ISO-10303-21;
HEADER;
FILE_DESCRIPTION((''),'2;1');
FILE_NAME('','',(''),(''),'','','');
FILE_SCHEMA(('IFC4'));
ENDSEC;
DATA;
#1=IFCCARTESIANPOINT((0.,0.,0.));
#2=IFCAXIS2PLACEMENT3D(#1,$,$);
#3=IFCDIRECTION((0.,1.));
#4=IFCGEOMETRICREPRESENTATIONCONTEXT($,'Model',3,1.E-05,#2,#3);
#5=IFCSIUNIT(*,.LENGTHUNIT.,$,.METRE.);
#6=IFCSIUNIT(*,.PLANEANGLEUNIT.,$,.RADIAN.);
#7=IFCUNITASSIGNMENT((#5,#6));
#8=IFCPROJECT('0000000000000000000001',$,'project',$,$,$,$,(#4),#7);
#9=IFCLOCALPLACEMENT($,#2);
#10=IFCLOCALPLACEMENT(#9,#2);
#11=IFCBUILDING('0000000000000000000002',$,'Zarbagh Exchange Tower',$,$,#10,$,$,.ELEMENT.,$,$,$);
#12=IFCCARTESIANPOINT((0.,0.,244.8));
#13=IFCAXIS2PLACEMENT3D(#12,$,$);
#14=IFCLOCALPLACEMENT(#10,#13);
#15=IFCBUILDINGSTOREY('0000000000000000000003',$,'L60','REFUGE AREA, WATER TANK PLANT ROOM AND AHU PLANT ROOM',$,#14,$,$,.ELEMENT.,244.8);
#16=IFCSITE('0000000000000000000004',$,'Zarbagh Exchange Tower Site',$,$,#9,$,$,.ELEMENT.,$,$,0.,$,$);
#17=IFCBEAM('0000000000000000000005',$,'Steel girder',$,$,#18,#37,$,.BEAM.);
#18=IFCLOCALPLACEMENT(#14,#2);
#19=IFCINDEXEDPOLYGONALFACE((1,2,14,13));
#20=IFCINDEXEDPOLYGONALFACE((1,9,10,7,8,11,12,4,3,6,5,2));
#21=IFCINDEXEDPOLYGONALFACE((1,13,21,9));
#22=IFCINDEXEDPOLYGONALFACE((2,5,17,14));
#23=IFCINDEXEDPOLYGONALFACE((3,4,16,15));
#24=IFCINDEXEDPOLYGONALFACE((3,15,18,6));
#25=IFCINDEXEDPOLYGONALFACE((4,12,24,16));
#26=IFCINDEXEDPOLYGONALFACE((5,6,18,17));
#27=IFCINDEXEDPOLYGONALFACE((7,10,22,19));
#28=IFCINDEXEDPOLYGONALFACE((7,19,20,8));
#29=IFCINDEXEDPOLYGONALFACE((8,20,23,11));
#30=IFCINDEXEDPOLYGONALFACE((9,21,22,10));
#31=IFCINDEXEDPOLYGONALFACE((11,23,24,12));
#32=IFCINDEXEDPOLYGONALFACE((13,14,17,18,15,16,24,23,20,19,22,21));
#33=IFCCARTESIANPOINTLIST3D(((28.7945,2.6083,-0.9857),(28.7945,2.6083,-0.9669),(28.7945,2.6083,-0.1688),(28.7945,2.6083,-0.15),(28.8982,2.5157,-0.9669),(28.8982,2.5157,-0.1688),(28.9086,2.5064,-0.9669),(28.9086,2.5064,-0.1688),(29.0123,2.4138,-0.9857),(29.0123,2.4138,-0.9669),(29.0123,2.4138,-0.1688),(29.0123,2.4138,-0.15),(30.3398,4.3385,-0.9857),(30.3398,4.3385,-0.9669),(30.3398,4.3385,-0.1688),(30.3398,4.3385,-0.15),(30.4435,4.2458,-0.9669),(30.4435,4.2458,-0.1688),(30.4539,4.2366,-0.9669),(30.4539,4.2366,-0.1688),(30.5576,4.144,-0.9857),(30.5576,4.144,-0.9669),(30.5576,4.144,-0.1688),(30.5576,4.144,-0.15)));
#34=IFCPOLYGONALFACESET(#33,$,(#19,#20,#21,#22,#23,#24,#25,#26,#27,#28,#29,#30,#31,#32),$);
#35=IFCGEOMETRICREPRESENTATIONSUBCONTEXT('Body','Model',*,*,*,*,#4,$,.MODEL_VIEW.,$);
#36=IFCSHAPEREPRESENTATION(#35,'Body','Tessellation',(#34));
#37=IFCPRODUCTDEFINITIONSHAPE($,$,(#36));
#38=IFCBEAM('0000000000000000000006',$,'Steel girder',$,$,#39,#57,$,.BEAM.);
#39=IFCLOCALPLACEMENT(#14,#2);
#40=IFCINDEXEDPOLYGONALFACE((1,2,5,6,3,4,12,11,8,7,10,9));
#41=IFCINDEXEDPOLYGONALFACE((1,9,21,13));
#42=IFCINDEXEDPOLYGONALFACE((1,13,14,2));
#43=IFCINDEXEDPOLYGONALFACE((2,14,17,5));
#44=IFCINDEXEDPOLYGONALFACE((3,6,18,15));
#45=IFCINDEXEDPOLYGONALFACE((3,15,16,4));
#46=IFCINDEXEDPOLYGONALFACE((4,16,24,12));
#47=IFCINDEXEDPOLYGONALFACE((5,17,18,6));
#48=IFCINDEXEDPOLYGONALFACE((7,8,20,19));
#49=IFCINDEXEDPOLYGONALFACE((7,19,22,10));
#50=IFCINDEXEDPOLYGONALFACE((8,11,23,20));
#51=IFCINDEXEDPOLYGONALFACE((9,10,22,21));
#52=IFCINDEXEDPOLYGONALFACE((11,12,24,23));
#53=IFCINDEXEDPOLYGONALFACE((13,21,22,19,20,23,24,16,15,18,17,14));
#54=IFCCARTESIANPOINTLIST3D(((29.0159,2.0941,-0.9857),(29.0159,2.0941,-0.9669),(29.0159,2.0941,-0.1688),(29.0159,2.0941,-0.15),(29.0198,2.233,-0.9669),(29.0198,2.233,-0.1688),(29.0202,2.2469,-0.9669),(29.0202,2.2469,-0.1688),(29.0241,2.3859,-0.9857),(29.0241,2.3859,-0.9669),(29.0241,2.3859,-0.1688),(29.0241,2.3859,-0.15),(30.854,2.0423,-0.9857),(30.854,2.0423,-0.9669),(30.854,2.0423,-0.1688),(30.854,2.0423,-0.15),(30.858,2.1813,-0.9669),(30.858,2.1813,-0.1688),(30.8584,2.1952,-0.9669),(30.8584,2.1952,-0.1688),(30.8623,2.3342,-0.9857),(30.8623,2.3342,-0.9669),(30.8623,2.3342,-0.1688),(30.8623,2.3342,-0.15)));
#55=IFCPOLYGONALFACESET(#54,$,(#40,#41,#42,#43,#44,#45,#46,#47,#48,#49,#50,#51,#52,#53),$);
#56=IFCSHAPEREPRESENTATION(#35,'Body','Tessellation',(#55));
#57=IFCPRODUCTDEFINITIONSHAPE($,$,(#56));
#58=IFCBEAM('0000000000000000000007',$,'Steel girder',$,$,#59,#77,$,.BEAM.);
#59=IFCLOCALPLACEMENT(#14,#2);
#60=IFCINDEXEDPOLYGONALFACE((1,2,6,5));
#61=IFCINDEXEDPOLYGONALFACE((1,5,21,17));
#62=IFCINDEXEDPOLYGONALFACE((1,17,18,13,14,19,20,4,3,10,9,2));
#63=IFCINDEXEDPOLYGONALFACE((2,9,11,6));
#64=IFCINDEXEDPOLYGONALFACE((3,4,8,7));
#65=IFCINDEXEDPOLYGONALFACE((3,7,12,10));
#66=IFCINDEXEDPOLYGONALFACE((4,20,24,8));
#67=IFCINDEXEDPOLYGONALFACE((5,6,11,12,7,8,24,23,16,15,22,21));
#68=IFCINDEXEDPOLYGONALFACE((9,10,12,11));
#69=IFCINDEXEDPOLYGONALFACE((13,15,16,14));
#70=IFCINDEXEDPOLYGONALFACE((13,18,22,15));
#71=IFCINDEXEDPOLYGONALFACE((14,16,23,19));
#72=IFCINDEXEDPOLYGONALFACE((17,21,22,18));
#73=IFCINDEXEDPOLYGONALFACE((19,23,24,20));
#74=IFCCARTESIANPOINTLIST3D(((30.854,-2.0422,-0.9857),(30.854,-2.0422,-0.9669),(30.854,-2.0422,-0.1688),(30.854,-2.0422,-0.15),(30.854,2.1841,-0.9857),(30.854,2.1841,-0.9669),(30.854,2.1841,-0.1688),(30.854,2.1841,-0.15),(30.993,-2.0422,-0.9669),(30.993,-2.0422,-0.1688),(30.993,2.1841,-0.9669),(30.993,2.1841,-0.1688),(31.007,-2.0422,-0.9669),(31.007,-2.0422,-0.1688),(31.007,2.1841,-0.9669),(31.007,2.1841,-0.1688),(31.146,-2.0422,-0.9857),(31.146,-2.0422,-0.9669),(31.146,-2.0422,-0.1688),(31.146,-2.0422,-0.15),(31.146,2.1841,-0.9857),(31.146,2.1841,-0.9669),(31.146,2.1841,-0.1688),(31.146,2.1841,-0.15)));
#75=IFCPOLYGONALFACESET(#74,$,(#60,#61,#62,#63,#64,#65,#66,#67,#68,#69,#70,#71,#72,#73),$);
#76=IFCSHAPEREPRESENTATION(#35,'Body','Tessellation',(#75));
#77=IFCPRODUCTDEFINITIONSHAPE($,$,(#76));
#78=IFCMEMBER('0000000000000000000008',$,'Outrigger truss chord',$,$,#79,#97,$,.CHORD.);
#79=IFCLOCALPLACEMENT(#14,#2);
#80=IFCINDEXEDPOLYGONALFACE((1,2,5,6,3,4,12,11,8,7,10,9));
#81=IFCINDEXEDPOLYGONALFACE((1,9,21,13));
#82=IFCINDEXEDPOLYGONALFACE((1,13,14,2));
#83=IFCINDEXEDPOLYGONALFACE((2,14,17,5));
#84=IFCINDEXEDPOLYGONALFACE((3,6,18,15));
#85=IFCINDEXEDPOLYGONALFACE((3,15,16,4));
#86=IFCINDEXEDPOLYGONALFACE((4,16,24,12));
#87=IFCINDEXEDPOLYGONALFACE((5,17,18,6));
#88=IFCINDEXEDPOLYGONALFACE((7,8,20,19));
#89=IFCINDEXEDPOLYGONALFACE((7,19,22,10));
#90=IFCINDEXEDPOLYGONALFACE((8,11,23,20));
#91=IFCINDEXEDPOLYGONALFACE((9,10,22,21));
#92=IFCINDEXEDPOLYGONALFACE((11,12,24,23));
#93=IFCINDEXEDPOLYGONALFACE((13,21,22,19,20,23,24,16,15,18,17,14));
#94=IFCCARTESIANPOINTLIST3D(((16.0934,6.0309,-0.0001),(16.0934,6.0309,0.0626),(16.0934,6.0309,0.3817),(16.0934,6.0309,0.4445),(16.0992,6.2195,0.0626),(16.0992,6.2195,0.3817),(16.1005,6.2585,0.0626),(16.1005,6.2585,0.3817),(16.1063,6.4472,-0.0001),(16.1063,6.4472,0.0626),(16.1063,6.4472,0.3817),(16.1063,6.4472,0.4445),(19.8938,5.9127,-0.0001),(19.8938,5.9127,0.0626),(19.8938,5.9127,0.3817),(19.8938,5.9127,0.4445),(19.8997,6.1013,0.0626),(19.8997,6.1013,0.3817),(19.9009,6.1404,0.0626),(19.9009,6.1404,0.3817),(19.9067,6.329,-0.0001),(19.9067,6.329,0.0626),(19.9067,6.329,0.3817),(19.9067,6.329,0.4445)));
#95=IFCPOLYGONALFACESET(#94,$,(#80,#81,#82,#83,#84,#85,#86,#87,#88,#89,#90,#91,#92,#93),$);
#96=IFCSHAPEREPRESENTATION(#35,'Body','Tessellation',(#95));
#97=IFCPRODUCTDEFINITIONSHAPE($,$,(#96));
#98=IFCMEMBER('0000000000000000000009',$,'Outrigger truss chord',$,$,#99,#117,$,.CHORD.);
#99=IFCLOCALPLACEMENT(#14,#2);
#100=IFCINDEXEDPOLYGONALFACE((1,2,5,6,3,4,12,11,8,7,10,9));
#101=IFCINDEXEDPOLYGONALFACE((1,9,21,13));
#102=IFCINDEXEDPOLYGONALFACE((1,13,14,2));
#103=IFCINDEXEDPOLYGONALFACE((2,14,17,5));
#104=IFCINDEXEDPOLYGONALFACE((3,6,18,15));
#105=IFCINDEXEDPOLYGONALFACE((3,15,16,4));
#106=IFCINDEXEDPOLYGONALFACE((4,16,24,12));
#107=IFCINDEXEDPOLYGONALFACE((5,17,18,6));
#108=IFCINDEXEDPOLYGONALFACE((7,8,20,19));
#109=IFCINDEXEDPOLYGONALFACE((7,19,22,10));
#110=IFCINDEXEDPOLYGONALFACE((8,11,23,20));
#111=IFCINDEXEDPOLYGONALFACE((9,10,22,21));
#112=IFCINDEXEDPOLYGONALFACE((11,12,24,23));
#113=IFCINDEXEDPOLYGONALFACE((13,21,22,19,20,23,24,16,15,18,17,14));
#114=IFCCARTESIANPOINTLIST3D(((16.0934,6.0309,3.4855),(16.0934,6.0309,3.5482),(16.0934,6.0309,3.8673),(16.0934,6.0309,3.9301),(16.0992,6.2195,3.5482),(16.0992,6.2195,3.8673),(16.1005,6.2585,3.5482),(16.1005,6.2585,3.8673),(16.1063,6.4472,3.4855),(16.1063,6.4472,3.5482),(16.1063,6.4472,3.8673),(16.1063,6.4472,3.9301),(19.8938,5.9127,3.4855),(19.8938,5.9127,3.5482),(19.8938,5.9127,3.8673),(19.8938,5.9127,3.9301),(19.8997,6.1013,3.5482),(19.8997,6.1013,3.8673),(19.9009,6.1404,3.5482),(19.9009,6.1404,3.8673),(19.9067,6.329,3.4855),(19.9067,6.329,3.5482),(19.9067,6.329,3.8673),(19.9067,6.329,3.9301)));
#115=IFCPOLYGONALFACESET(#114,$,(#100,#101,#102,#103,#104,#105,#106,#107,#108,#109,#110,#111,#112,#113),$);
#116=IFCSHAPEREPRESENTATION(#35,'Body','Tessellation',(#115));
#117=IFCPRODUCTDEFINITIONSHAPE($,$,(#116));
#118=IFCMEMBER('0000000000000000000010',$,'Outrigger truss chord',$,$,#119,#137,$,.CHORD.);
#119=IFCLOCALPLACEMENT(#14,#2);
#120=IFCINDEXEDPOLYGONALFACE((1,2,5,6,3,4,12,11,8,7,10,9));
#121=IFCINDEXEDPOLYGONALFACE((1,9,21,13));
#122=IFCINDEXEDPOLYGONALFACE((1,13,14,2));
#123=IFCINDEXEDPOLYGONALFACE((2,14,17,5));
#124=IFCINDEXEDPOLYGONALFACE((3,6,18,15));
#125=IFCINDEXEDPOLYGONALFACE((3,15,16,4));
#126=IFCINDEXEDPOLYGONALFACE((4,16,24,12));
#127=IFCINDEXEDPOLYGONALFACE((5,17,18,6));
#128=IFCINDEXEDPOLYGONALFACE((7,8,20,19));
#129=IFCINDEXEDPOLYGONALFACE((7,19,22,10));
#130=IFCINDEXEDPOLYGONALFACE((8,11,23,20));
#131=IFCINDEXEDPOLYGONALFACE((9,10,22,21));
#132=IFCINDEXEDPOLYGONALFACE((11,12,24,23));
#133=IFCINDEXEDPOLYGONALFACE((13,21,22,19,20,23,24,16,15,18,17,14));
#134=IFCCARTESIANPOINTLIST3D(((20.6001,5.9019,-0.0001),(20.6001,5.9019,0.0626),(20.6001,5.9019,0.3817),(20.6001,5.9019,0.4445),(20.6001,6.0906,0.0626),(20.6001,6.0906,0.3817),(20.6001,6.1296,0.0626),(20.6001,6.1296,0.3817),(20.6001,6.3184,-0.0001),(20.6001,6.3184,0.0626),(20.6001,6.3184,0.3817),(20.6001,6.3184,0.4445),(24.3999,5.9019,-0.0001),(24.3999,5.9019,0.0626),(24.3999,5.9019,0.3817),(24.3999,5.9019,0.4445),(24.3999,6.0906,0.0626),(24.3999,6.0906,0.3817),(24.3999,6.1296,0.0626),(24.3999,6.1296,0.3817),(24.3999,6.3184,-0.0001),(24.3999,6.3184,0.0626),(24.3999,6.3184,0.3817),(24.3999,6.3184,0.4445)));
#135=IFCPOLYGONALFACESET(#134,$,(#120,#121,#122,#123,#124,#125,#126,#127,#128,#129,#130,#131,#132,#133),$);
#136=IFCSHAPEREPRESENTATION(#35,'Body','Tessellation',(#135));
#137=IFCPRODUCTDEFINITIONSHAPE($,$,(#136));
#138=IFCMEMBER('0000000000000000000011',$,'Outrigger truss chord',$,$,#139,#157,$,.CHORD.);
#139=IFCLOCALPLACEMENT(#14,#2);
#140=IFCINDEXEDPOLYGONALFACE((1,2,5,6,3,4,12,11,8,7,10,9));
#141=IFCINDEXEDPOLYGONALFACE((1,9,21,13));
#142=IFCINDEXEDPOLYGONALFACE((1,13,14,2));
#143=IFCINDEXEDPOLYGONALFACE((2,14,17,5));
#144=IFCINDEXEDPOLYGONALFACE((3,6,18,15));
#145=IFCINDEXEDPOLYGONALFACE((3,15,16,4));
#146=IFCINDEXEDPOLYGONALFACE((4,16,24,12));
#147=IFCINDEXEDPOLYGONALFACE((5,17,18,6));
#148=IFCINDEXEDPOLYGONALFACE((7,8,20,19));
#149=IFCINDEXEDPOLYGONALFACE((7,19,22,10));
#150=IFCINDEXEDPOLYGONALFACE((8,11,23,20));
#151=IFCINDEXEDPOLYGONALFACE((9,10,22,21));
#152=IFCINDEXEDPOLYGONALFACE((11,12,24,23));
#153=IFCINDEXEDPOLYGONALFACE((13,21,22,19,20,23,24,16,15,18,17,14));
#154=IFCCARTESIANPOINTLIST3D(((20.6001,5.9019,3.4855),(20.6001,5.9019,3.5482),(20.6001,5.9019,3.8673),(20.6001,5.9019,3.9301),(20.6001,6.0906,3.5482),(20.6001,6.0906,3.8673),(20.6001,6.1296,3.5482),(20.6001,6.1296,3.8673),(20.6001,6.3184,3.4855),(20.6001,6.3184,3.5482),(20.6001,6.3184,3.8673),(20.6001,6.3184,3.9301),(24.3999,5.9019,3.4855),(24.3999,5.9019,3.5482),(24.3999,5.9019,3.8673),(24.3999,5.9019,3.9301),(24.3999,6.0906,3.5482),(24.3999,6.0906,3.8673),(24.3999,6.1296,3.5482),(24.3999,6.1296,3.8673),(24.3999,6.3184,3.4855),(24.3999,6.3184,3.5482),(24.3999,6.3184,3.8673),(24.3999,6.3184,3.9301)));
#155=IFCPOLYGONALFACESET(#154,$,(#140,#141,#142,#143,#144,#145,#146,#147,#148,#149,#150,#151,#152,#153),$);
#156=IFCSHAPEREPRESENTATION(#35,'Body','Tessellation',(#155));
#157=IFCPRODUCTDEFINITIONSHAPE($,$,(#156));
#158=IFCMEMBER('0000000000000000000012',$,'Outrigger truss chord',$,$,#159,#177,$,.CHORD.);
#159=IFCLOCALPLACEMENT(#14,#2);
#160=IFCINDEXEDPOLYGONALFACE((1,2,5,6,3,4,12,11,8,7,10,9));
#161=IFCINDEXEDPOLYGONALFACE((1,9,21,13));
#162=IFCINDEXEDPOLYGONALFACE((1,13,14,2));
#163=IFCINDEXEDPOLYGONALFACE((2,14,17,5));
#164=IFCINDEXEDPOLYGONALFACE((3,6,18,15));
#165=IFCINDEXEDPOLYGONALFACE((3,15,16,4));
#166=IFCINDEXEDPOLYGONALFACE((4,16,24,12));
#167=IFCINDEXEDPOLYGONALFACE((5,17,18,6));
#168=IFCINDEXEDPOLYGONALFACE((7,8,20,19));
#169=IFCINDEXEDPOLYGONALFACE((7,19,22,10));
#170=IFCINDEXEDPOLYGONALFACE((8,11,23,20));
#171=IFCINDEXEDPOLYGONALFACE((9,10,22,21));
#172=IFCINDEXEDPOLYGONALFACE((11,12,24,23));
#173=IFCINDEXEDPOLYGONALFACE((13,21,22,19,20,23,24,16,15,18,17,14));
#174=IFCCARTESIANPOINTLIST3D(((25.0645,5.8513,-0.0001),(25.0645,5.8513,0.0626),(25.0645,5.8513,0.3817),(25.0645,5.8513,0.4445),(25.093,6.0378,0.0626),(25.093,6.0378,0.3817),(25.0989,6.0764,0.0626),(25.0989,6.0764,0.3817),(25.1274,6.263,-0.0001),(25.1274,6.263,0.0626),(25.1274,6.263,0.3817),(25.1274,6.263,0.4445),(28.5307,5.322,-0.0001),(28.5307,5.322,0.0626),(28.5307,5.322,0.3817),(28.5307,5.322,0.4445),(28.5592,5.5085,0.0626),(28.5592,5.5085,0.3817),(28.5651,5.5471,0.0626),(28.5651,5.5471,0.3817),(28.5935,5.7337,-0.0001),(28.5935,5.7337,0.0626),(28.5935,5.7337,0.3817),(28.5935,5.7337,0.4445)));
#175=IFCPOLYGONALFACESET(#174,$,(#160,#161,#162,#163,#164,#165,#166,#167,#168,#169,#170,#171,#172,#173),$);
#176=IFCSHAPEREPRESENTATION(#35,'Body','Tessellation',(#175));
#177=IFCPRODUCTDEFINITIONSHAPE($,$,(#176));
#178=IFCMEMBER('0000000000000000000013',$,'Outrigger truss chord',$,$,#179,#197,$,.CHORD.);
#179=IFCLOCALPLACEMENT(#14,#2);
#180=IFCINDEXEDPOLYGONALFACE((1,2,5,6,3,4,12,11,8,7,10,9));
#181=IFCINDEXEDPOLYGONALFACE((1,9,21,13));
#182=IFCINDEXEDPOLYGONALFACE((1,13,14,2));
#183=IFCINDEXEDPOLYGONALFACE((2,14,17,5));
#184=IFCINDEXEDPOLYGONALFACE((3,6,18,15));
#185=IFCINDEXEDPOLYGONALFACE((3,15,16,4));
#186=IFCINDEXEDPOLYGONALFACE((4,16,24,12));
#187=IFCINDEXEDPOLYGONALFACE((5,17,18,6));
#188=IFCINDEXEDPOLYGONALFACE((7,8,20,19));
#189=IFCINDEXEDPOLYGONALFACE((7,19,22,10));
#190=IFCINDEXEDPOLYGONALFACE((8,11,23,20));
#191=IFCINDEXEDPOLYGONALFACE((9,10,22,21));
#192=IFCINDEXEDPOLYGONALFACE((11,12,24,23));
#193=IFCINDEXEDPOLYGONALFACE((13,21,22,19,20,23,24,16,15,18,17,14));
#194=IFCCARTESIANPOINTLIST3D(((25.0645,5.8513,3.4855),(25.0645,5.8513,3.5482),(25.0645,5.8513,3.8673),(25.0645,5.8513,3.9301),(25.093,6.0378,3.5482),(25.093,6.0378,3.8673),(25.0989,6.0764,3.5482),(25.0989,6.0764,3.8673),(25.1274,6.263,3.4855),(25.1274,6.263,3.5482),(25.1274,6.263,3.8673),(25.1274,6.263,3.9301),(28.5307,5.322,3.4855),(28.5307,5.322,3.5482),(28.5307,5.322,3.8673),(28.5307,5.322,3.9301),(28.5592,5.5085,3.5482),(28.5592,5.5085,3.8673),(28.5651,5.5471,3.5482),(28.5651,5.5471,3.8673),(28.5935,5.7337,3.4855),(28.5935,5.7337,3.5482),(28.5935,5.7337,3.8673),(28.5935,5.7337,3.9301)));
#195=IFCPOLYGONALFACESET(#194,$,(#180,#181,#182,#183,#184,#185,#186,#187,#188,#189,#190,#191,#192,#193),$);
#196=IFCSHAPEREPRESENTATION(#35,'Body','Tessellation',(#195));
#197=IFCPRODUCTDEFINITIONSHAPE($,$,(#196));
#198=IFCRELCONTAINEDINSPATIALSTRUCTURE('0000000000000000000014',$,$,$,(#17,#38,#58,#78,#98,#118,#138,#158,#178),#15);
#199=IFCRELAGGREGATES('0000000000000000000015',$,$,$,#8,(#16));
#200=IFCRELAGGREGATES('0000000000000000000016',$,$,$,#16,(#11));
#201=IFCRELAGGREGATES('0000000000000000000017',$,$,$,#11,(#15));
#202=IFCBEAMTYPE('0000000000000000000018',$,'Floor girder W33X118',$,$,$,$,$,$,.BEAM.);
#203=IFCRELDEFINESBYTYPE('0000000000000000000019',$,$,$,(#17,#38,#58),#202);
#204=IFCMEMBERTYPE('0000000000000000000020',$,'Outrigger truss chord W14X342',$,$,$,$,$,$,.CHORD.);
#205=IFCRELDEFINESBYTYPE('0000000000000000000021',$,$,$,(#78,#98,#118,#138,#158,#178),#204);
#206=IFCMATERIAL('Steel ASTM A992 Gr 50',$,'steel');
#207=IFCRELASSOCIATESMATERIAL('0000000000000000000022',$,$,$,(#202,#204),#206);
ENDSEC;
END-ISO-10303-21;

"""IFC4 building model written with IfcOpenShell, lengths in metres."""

from ifc_helpers import new_model, si_unit, direction, frame, origin, origin_2d, place, context, subcontext, project, spatial, i_section, extrude, material, material_profile, profile_set, type_object, element, save


model = new_model("IFC4")

# Units and contexts
model_context = context("Model", 3, precision=1e-05, world=origin(), true_north=direction((0.0, 1.0)))
body_context = subcontext(model_context, "Body", "Model", "MODEL_VIEW")
ifc_project = project(units=[si_unit("LENGTHUNIT", "METRE"), si_unit("PLANEANGLEUNIT", "RADIAN")], contexts=[model_context])

# Site, building, storey
site_placement = place(None, origin())
site = spatial("IfcSite", under=ifc_project, at=site_placement, Name="Zarbagh Exchange Tower Site", CompositionType="ELEMENT", RefElevation=0.0)
building_placement = place(site_placement, origin())
building = spatial("IfcBuilding", under=site, at=building_placement, Name="Zarbagh Exchange Tower", CompositionType="ELEMENT")
storey_placement = place(building_placement, frame((0.0, 0.0, 244.8)))
storey = spatial("IfcBuildingStorey", under=building, at=storey_placement, Name="L60", Description="REFUGE AREA, WATER TANK PLANT ROOM AND AHU PLANT ROOM", CompositionType="ELEMENT", Elevation=244.8)

# Shared definitions
ifc_material_1 = material(Name="Steel ASTM A992 Gr 50", Category="steel")

# Beams
ifc_material_profile_1 = material_profile(ifc_material_1, i_section(OverallWidth=0.292, OverallDepth=0.8357, WebThickness=0.0139, FlangeThickness=0.0188, at=origin_2d()), Name="W33X118")
ifc_profile_set_1 = profile_set([ifc_material_profile_1], Name="Steel ASTM A992 Gr 50")
beam_type_1 = type_object("IfcBeamType", Name="Floor girder W33X118", PredefinedType="BEAM", material=ifc_profile_set_1)
beam_1_placement = place(storey_placement, frame((30.4487, 4.2412, -0.5679), z_axis=(-0.666152, -0.745816, 0.0), x_axis=(0.745816, -0.666152, 0.0)))
element("IfcBeam", 1, at=beam_1_placement, inside=storey, type_object=beam_type_1, Name="Steel girder", PredefinedType="BEAM", context=body_context, shape_type="SweptSolid", body=[
    extrude(i_section(OverallWidth=0.292, OverallDepth=0.8357, WebThickness=0.0139, FlangeThickness=0.0188, at=origin_2d()), origin(), (0.0, 0.0, 1.0), 2.3198),
])
beam_2_placement = place(storey_placement, frame((29.02, 2.24, -0.5679), z_axis=(0.999604, -0.028147, 0.0), x_axis=(0.028147, 0.999604, 0.0)))
element("IfcBeam", 2, at=beam_2_placement, inside=storey, type_object=beam_type_1, Name="Steel girder", PredefinedType="BEAM", context=body_context, shape_type="SweptSolid", body=[
    extrude(i_section(OverallWidth=0.292, OverallDepth=0.8357, WebThickness=0.0139, FlangeThickness=0.0188, at=origin_2d()), origin(), (0.0, 0.0, 1.0), 1.8389),
])
beam_3_placement = place(storey_placement, frame((31.0, 2.1841, -0.5679), z_axis=(0.0, -1.0, 0.0), x_axis=(1.0, 0.0, 0.0)))
element("IfcBeam", 3, at=beam_3_placement, inside=storey, type_object=beam_type_1, Name="Steel girder", PredefinedType="BEAM", context=body_context, shape_type="SweptSolid", body=[
    extrude(i_section(OverallWidth=0.292, OverallDepth=0.8357, WebThickness=0.0139, FlangeThickness=0.0188, at=origin_2d()), origin(), (0.0, 0.0, 1.0), 4.2263),
])

# Members
ifc_material_profile_2 = material_profile(ifc_material_1, i_section(OverallWidth=0.4165, OverallDepth=0.4446, WebThickness=0.0391, FlangeThickness=0.0627, at=origin_2d()), Name="W14X342")
ifc_profile_set_2 = profile_set([ifc_material_profile_2], Name="Steel ASTM A992 Gr 50")
member_type_1 = type_object("IfcMemberType", Name="Outrigger truss chord W14X342", PredefinedType="CHORD", material=ifc_profile_set_2)
for number, where, z_axis, x_axis, name in (
    (4, (16.0999, 6.239, 0.2222), (0.999517, -0.031078, 0.0), (0.031078, 0.999517, 0.0), "Outrigger truss chord"),
    (5, (16.0999, 6.239, 3.7078), (0.999517, -0.031078, 0.0), (0.031078, 0.999517, 0.0), "Outrigger truss chord"),
):
    element("IfcMember", number, at=place(storey_placement, frame(where, z_axis=z_axis, x_axis=x_axis)), inside=storey, type_object=member_type_1, Name=name, PredefinedType="CHORD", context=body_context, shape_type="SweptSolid", body=[
        extrude(i_section(OverallWidth=0.4165, OverallDepth=0.4446, WebThickness=0.0391, FlangeThickness=0.0627, at=origin_2d()), origin(), (0.0, 0.0, 1.0), 3.8022),
    ])
for number, where, z_axis, x_axis, name in (
    (6, (20.6001, 6.1101, 0.2222), (1.0, 0.0, 0.0), (0.0, 1.0, 0.0), "Outrigger truss chord"),
    (7, (20.6001, 6.1101, 3.7078), (1.0, 0.0, 0.0), (0.0, 1.0, 0.0), "Outrigger truss chord"),
):
    element("IfcMember", number, at=place(storey_placement, frame(where, z_axis=z_axis, x_axis=x_axis)), inside=storey, type_object=member_type_1, Name=name, PredefinedType="CHORD", context=body_context, shape_type="SweptSolid", body=[
        extrude(i_section(OverallWidth=0.4165, OverallDepth=0.4446, WebThickness=0.0391, FlangeThickness=0.0627, at=origin_2d()), origin(), (0.0, 0.0, 1.0), 3.7998),
    ])
for number, where, z_axis, x_axis, name in (
    (8, (25.0959, 6.0571, 0.2222), (0.98854, -0.150958, 0.0), (0.150958, 0.98854, 0.0), "Outrigger truss chord"),
    (9, (25.0959, 6.0571, 3.7078), (0.98854, -0.150958, 0.0), (0.150958, 0.98854, 0.0), "Outrigger truss chord"),
):
    element("IfcMember", number, at=place(storey_placement, frame(where, z_axis=z_axis, x_axis=x_axis)), inside=storey, type_object=member_type_1, Name=name, PredefinedType="CHORD", context=body_context, shape_type="SweptSolid", body=[
        extrude(i_section(OverallWidth=0.4165, OverallDepth=0.4446, WebThickness=0.0391, FlangeThickness=0.0627, at=origin_2d()), origin(), (0.0, 0.0, 1.0), 3.5063),
    ])

save(model, "model.ifc")
